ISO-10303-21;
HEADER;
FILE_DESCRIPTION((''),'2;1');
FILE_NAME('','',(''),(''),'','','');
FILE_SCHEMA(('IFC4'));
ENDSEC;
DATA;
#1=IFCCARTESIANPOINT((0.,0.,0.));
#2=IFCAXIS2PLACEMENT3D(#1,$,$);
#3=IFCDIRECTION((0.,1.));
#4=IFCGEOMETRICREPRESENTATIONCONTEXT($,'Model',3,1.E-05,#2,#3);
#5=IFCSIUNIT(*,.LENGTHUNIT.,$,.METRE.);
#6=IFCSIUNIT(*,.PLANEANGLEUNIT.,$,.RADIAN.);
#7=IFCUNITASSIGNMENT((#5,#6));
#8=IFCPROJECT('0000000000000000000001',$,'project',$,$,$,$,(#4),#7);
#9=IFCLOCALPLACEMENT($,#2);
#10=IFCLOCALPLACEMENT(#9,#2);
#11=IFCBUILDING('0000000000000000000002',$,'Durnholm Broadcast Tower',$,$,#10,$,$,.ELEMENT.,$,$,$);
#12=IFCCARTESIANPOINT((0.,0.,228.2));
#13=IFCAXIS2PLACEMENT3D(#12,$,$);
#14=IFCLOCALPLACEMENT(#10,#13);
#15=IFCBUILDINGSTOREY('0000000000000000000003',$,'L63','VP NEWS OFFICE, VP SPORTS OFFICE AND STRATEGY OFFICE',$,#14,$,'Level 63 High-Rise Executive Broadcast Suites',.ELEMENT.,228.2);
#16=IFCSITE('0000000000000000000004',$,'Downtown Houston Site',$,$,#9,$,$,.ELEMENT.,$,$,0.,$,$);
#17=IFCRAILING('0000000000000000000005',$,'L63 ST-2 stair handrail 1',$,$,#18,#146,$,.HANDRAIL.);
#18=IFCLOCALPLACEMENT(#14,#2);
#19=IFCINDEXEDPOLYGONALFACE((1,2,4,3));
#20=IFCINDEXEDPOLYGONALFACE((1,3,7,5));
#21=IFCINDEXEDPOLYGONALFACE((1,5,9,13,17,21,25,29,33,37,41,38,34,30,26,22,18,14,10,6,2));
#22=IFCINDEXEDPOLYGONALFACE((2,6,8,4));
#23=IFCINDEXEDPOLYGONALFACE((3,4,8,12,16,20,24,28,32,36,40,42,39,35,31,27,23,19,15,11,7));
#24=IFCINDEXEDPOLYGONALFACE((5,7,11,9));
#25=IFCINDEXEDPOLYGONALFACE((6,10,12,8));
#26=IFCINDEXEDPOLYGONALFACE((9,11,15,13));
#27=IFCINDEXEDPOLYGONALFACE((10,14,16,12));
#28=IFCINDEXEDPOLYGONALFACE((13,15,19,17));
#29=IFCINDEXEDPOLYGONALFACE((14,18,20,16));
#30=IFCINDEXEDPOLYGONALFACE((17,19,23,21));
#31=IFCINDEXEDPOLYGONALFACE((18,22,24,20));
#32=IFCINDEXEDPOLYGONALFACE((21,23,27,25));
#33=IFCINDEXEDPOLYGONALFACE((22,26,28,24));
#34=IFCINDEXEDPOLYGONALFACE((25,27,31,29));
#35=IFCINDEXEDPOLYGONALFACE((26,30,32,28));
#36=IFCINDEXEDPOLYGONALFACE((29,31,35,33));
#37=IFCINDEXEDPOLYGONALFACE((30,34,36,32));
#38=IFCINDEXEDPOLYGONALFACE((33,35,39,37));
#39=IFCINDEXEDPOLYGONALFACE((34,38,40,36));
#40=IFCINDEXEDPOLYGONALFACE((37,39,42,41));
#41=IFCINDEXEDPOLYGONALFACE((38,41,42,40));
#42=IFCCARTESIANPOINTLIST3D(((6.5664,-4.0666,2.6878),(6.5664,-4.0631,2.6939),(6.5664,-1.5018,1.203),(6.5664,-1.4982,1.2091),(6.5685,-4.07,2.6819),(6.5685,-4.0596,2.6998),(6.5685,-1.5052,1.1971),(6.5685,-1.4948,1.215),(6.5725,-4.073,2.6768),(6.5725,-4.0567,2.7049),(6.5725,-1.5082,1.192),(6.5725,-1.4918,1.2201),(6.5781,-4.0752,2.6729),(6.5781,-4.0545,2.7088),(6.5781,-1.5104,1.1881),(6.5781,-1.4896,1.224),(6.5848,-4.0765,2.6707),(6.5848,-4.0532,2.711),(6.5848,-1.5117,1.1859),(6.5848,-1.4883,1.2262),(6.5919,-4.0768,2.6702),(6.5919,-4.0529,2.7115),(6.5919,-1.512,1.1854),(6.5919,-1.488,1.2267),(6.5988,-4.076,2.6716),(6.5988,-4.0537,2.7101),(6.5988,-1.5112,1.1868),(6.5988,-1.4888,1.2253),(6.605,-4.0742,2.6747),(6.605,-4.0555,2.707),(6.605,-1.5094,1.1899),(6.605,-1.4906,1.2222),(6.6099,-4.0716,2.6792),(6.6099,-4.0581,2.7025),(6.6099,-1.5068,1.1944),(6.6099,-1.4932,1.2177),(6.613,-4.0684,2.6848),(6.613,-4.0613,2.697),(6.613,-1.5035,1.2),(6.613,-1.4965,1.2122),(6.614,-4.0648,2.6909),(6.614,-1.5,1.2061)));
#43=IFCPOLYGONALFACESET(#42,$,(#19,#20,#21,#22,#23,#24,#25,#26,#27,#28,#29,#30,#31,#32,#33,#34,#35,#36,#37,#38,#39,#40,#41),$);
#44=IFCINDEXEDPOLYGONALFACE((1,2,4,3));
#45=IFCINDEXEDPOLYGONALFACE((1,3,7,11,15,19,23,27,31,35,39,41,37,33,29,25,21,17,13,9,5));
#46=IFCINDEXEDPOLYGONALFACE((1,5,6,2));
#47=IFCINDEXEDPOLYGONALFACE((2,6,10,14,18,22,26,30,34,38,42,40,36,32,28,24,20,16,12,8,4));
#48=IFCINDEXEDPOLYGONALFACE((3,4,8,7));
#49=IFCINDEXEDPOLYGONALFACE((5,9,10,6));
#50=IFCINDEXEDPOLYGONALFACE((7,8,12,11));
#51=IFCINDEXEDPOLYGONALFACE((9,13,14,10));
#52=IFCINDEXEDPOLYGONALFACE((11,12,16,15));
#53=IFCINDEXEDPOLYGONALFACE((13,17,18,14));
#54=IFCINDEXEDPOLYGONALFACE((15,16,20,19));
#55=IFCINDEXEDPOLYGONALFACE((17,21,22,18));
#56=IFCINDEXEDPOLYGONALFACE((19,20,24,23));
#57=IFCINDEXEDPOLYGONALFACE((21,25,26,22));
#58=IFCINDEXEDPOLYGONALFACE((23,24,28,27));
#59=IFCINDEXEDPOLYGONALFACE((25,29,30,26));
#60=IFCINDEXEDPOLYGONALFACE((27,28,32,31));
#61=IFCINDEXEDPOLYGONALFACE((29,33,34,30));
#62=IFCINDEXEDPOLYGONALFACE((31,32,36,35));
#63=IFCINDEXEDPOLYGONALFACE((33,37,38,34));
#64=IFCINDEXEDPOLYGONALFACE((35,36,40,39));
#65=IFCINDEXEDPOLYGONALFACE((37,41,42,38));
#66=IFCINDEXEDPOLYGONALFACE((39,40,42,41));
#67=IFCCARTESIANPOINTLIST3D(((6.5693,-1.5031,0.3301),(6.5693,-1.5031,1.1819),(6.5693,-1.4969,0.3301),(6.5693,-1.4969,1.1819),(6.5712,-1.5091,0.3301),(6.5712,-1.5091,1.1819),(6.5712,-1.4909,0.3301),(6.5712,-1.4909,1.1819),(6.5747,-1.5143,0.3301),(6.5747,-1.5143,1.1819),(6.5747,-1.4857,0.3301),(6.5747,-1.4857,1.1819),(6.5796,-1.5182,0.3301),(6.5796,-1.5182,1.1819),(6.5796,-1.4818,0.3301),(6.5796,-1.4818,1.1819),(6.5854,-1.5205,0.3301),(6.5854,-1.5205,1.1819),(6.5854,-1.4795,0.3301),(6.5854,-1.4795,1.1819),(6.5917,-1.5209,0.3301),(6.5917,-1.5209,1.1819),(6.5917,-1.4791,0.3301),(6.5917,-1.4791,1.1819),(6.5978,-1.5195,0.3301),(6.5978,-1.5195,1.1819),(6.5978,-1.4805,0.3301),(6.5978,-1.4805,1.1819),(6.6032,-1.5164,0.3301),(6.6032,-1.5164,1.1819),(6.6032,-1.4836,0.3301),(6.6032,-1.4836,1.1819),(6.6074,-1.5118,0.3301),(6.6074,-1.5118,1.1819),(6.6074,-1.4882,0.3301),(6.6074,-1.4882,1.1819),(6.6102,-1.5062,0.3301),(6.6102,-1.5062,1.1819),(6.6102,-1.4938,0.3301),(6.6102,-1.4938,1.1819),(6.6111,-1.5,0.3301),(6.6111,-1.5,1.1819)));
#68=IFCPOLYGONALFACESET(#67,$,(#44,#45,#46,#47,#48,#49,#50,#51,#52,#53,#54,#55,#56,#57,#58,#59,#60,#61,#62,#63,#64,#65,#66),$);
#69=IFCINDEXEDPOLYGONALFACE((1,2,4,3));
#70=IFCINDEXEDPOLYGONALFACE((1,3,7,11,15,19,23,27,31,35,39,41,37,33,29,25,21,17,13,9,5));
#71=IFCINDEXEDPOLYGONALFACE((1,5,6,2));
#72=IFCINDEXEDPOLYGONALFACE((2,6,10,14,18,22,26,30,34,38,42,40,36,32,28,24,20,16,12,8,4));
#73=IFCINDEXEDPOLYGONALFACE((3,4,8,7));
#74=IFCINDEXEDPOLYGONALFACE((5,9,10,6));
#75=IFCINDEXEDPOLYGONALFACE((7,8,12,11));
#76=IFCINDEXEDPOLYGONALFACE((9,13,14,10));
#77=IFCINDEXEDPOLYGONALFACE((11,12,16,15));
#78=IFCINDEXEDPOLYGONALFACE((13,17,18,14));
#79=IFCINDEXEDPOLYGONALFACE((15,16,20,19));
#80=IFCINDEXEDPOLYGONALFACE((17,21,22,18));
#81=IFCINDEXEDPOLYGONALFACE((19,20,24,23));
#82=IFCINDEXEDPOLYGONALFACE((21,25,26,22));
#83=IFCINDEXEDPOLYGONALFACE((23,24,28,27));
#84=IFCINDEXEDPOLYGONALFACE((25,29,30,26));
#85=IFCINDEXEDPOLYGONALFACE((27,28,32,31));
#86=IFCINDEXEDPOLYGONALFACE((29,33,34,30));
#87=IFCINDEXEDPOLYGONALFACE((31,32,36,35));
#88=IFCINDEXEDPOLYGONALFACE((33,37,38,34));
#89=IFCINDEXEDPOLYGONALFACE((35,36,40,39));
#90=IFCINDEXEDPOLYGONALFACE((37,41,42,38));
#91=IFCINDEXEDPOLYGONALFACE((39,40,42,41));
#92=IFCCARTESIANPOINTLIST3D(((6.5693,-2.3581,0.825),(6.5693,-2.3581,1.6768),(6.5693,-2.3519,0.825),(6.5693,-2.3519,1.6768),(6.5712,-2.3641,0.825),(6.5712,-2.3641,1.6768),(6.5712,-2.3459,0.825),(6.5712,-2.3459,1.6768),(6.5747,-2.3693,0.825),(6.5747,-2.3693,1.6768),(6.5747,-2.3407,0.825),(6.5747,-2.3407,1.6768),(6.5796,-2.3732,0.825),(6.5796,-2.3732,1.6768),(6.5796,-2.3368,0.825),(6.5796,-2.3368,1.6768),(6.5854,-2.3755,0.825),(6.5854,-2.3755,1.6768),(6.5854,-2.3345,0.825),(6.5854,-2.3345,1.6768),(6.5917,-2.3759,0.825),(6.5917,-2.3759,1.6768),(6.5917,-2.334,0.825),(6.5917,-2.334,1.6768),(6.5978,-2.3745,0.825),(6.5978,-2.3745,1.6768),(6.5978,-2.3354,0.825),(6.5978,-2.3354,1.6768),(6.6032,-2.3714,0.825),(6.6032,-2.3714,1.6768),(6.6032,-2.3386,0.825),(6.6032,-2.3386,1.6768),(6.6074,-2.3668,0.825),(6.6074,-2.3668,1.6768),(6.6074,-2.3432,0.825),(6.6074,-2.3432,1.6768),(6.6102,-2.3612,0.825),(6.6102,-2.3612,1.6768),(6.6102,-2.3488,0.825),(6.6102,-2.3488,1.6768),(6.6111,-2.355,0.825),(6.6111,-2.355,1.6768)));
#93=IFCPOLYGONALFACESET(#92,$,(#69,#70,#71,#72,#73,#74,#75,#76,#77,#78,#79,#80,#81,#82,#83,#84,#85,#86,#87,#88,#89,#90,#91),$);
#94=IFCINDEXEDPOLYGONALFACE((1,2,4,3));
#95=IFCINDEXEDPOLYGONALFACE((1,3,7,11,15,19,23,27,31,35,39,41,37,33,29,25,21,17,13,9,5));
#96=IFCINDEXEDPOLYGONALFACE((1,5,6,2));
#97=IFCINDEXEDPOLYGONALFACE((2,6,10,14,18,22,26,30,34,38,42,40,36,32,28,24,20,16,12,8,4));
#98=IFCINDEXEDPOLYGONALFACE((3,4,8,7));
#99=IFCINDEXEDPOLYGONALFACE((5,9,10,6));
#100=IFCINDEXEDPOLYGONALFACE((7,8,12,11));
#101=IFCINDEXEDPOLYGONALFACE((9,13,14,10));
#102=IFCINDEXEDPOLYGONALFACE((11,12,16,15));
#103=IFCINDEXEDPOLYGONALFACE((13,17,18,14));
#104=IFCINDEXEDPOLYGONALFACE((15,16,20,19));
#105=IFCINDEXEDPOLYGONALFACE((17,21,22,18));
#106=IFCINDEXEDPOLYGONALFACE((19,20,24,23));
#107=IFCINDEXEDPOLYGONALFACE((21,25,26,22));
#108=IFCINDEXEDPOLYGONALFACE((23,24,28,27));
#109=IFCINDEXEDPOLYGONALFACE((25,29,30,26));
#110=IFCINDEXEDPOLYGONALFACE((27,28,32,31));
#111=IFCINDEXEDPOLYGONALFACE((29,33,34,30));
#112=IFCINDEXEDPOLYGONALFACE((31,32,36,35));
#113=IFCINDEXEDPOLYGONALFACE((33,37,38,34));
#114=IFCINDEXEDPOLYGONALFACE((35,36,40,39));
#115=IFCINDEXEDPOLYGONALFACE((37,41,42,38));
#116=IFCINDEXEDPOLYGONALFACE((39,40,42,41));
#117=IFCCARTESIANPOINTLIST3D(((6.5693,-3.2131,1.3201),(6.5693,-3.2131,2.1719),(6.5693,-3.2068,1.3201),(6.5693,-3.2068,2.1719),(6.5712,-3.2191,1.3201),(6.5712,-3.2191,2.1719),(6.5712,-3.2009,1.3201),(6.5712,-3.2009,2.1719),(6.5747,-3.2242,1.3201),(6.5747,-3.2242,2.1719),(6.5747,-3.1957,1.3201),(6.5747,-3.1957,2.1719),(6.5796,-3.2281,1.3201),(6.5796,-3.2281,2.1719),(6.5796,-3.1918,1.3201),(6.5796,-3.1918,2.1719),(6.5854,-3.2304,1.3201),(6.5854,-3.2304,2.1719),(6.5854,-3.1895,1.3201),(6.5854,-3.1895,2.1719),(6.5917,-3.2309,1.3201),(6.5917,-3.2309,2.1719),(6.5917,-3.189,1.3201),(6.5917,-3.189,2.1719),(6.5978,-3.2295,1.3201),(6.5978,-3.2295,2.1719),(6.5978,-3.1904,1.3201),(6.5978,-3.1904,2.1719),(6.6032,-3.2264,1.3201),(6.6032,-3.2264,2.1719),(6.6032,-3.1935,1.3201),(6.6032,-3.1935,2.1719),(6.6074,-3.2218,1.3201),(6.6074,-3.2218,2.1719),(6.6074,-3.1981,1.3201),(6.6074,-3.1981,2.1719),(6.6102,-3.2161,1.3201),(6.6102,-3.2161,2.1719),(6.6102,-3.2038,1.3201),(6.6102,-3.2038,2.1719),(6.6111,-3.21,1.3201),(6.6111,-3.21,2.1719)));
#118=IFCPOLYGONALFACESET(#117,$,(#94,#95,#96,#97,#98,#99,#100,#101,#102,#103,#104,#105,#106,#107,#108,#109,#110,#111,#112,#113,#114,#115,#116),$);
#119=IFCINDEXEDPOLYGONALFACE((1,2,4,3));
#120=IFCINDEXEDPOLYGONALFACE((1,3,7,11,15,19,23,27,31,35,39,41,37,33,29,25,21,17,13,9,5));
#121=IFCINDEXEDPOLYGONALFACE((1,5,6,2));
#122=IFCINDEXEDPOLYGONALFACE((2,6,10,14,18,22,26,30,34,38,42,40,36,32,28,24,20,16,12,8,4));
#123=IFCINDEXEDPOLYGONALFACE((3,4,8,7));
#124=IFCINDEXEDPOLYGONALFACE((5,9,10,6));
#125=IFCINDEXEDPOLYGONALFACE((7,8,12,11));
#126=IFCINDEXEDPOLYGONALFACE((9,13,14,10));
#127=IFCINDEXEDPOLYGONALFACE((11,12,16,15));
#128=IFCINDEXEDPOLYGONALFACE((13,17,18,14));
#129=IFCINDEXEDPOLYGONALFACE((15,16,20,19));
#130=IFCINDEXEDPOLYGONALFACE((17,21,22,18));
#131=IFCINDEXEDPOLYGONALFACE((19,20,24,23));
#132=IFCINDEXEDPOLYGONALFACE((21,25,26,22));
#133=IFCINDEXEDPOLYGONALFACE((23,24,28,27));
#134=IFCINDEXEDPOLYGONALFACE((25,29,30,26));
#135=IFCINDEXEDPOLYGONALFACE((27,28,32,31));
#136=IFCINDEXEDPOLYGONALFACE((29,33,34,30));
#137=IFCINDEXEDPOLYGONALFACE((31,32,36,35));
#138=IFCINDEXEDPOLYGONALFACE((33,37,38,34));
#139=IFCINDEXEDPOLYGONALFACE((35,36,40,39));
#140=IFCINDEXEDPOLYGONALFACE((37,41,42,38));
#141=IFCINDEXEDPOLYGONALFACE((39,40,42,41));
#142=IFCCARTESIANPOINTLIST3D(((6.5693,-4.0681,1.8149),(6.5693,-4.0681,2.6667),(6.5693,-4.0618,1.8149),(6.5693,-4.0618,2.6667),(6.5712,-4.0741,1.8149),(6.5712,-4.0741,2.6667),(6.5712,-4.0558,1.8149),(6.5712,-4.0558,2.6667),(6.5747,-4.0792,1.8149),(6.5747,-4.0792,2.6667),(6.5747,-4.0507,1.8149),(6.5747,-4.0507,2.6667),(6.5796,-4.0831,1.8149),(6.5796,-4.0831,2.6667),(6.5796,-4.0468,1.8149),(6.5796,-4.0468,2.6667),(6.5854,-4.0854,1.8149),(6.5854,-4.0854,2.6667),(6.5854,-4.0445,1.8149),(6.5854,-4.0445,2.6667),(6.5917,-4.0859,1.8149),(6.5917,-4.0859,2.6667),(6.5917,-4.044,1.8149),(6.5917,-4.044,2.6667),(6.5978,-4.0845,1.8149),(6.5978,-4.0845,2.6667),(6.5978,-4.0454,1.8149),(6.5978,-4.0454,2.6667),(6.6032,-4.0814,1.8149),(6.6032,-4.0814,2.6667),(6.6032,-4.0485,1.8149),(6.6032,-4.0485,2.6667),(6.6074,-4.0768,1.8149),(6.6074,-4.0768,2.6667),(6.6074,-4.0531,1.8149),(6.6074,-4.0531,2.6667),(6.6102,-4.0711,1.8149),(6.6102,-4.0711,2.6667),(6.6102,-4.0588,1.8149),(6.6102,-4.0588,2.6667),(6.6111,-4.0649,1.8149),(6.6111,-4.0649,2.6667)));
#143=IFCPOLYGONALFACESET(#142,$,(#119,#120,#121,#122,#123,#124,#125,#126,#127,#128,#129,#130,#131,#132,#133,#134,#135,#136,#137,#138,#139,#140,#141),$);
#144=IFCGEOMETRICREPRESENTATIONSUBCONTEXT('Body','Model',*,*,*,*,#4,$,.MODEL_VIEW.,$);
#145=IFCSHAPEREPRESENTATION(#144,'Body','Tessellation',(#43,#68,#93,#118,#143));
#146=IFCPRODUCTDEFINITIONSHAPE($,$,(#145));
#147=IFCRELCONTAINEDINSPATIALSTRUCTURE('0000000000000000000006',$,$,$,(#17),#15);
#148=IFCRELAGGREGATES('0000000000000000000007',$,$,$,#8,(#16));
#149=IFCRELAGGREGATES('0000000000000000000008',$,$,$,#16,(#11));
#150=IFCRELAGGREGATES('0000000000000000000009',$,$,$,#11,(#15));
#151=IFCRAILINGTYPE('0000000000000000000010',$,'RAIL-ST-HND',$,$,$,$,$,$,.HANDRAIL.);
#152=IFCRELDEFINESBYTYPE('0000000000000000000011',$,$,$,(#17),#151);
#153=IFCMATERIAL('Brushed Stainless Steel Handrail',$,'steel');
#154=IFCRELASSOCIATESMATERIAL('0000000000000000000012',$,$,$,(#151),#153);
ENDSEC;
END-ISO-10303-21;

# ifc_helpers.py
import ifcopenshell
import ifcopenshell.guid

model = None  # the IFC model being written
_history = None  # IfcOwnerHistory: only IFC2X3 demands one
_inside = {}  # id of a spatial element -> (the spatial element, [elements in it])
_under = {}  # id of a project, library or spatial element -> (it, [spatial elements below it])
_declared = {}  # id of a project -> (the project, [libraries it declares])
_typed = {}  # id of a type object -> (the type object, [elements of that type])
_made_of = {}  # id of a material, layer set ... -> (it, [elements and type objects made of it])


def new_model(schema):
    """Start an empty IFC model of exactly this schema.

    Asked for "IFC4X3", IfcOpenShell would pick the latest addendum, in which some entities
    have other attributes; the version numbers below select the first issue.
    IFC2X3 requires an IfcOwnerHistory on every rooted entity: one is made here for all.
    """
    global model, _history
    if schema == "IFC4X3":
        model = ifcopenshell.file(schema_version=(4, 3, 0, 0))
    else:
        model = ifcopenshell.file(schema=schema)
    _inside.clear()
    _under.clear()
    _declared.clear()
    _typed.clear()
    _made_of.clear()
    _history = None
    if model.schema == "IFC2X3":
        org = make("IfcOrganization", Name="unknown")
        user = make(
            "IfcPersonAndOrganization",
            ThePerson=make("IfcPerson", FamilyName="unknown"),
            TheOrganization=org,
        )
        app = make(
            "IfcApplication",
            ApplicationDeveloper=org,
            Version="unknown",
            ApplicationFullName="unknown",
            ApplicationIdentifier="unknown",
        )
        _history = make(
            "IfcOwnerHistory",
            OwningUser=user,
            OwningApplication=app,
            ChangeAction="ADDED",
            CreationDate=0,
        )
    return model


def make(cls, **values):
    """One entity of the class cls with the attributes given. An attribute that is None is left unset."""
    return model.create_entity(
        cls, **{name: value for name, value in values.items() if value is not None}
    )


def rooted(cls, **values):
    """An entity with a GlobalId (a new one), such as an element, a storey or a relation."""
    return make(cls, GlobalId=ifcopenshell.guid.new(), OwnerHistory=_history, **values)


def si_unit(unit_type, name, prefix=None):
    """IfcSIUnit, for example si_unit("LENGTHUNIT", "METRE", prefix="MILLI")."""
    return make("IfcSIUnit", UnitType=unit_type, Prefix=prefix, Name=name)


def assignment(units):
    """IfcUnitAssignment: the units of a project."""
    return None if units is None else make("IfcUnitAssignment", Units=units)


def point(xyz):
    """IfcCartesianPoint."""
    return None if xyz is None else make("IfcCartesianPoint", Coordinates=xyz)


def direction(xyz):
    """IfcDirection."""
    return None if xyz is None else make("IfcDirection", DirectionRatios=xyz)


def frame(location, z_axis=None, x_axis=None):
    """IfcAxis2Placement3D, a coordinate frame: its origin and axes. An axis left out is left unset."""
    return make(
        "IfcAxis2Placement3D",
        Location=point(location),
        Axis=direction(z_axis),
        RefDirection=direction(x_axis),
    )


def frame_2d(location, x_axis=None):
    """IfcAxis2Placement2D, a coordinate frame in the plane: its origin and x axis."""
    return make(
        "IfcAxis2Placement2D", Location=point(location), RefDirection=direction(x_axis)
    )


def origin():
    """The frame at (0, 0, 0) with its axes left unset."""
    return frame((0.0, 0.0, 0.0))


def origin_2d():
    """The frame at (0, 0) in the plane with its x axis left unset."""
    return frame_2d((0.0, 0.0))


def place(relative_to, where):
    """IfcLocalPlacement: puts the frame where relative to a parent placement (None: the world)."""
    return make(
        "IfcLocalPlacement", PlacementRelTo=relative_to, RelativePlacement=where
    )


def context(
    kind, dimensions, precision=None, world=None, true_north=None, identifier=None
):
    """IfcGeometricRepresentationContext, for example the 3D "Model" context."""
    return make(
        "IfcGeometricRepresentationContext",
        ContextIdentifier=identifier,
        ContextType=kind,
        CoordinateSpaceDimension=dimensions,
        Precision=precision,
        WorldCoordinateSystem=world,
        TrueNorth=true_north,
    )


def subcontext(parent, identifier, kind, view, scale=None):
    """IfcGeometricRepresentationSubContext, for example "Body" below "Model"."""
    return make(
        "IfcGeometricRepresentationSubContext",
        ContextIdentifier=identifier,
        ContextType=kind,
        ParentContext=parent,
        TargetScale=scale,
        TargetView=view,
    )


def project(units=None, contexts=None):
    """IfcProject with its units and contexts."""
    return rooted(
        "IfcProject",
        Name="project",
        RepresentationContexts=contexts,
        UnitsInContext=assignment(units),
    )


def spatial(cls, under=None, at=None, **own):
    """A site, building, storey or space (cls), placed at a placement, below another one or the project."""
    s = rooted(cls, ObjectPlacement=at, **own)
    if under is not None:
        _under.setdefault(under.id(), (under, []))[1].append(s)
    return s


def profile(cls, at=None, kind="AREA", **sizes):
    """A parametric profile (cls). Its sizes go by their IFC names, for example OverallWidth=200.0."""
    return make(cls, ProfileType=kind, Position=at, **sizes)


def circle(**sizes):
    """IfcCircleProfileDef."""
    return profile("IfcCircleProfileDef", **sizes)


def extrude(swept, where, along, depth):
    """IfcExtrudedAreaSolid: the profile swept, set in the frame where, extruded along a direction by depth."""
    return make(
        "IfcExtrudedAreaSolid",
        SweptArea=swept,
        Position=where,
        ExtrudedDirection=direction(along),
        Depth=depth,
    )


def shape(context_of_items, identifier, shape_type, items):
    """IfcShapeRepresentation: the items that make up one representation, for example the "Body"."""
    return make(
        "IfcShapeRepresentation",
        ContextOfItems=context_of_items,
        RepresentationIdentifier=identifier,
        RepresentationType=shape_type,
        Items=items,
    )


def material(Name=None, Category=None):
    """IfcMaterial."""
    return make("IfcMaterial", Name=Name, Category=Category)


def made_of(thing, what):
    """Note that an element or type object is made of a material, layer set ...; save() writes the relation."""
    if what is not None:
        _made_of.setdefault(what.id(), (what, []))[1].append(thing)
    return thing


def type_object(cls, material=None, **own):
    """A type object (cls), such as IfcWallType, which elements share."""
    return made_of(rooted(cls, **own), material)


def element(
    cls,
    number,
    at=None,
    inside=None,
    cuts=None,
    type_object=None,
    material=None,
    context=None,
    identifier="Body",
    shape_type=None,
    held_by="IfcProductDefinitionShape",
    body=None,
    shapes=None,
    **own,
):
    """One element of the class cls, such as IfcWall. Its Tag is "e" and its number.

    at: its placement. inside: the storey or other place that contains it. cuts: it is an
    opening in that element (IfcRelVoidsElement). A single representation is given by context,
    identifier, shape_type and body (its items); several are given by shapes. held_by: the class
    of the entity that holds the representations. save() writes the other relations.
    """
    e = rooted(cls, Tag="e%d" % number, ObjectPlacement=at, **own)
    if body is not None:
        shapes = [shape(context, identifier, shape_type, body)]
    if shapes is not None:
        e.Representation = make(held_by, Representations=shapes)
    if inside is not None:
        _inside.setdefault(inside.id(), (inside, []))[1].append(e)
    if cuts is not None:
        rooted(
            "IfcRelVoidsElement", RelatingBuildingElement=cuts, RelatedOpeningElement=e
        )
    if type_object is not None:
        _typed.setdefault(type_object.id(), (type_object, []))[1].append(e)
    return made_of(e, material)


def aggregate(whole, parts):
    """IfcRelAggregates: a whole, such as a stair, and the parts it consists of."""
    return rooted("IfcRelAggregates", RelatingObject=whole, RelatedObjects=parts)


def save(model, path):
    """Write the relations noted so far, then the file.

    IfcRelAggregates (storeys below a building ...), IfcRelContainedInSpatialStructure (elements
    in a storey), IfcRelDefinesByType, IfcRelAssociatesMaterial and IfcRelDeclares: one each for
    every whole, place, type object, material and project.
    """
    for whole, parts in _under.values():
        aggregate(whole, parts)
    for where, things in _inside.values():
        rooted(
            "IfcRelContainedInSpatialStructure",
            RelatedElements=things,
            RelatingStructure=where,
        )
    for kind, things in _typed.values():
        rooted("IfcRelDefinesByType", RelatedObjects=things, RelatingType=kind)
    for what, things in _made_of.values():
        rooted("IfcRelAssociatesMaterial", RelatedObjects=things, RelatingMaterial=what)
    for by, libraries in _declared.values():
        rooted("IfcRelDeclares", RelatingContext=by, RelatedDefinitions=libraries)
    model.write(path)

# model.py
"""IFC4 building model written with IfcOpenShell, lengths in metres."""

from ifc_helpers import new_model, si_unit, direction, frame, origin, origin_2d, place, context, subcontext, project, spatial, circle, extrude, material, type_object, element, save


model = new_model("IFC4")

# Units and contexts
model_context = context("Model", 3, precision=1e-05, world=origin(), true_north=direction((0.0, 1.0)))
body_context = subcontext(model_context, "Body", "Model", "MODEL_VIEW")
ifc_project = project(units=[si_unit("LENGTHUNIT", "METRE"), si_unit("PLANEANGLEUNIT", "RADIAN")], contexts=[model_context])

# Site, building, storey
site_placement = place(None, origin())
site = spatial("IfcSite", under=ifc_project, at=site_placement, Name="Downtown Houston Site", CompositionType="ELEMENT", RefElevation=0.0)
building_placement = place(site_placement, origin())
building = spatial("IfcBuilding", under=site, at=building_placement, Name="Durnholm Broadcast Tower", CompositionType="ELEMENT")
storey_placement = place(building_placement, frame((0.0, 0.0, 228.2)))
storey = spatial("IfcBuildingStorey", under=building, at=storey_placement, Name="L63", Description="VP NEWS OFFICE, VP SPORTS OFFICE AND STRATEGY OFFICE", LongName="Level 63 High-Rise Executive Broadcast Suites", CompositionType="ELEMENT", Elevation=228.2)

# Railing
ifc_material_1 = material(Name="Brushed Stainless Steel Handrail", Category="steel")
railing_type_1 = type_object("IfcRailingType", Name="RAIL-ST-HND", PredefinedType="HANDRAIL", material=ifc_material_1)
railing_1_placement = place(storey_placement, frame((6.5901, -1.5, 0.3301)))
element("IfcRailing", 1, at=railing_1_placement, inside=storey, type_object=railing_type_1, Name="L63 ST-2 stair handrail 1", PredefinedType="HANDRAIL", context=body_context, shape_type="SweptSolid", body=[
    extrude(circle(Radius=0.0239, at=origin_2d()), frame((0.0, 0.0, 0.876), z_axis=(0.0, -0.865441, 0.50101), x_axis=(1.0, 0.0, 0.0)), (0.0, 0.0, 1.0), 2.9636),
    extrude(circle(Radius=0.021, at=origin_2d()), origin(), (0.0, 0.0, 1.0), 0.8518),
    extrude(circle(Radius=0.021, at=origin_2d()), frame((0.0, -0.855, 0.4949)), (0.0, 0.0, 1.0), 0.8518),
    extrude(circle(Radius=0.021, at=origin_2d()), frame((0.0, -1.71, 0.99)), (0.0, 0.0, 1.0), 0.8518),
    extrude(circle(Radius=0.021, at=origin_2d()), frame((0.0, -2.5649, 1.4849)), (0.0, 0.0, 1.0), 0.8518),
])

save(model, "model.ifc")
